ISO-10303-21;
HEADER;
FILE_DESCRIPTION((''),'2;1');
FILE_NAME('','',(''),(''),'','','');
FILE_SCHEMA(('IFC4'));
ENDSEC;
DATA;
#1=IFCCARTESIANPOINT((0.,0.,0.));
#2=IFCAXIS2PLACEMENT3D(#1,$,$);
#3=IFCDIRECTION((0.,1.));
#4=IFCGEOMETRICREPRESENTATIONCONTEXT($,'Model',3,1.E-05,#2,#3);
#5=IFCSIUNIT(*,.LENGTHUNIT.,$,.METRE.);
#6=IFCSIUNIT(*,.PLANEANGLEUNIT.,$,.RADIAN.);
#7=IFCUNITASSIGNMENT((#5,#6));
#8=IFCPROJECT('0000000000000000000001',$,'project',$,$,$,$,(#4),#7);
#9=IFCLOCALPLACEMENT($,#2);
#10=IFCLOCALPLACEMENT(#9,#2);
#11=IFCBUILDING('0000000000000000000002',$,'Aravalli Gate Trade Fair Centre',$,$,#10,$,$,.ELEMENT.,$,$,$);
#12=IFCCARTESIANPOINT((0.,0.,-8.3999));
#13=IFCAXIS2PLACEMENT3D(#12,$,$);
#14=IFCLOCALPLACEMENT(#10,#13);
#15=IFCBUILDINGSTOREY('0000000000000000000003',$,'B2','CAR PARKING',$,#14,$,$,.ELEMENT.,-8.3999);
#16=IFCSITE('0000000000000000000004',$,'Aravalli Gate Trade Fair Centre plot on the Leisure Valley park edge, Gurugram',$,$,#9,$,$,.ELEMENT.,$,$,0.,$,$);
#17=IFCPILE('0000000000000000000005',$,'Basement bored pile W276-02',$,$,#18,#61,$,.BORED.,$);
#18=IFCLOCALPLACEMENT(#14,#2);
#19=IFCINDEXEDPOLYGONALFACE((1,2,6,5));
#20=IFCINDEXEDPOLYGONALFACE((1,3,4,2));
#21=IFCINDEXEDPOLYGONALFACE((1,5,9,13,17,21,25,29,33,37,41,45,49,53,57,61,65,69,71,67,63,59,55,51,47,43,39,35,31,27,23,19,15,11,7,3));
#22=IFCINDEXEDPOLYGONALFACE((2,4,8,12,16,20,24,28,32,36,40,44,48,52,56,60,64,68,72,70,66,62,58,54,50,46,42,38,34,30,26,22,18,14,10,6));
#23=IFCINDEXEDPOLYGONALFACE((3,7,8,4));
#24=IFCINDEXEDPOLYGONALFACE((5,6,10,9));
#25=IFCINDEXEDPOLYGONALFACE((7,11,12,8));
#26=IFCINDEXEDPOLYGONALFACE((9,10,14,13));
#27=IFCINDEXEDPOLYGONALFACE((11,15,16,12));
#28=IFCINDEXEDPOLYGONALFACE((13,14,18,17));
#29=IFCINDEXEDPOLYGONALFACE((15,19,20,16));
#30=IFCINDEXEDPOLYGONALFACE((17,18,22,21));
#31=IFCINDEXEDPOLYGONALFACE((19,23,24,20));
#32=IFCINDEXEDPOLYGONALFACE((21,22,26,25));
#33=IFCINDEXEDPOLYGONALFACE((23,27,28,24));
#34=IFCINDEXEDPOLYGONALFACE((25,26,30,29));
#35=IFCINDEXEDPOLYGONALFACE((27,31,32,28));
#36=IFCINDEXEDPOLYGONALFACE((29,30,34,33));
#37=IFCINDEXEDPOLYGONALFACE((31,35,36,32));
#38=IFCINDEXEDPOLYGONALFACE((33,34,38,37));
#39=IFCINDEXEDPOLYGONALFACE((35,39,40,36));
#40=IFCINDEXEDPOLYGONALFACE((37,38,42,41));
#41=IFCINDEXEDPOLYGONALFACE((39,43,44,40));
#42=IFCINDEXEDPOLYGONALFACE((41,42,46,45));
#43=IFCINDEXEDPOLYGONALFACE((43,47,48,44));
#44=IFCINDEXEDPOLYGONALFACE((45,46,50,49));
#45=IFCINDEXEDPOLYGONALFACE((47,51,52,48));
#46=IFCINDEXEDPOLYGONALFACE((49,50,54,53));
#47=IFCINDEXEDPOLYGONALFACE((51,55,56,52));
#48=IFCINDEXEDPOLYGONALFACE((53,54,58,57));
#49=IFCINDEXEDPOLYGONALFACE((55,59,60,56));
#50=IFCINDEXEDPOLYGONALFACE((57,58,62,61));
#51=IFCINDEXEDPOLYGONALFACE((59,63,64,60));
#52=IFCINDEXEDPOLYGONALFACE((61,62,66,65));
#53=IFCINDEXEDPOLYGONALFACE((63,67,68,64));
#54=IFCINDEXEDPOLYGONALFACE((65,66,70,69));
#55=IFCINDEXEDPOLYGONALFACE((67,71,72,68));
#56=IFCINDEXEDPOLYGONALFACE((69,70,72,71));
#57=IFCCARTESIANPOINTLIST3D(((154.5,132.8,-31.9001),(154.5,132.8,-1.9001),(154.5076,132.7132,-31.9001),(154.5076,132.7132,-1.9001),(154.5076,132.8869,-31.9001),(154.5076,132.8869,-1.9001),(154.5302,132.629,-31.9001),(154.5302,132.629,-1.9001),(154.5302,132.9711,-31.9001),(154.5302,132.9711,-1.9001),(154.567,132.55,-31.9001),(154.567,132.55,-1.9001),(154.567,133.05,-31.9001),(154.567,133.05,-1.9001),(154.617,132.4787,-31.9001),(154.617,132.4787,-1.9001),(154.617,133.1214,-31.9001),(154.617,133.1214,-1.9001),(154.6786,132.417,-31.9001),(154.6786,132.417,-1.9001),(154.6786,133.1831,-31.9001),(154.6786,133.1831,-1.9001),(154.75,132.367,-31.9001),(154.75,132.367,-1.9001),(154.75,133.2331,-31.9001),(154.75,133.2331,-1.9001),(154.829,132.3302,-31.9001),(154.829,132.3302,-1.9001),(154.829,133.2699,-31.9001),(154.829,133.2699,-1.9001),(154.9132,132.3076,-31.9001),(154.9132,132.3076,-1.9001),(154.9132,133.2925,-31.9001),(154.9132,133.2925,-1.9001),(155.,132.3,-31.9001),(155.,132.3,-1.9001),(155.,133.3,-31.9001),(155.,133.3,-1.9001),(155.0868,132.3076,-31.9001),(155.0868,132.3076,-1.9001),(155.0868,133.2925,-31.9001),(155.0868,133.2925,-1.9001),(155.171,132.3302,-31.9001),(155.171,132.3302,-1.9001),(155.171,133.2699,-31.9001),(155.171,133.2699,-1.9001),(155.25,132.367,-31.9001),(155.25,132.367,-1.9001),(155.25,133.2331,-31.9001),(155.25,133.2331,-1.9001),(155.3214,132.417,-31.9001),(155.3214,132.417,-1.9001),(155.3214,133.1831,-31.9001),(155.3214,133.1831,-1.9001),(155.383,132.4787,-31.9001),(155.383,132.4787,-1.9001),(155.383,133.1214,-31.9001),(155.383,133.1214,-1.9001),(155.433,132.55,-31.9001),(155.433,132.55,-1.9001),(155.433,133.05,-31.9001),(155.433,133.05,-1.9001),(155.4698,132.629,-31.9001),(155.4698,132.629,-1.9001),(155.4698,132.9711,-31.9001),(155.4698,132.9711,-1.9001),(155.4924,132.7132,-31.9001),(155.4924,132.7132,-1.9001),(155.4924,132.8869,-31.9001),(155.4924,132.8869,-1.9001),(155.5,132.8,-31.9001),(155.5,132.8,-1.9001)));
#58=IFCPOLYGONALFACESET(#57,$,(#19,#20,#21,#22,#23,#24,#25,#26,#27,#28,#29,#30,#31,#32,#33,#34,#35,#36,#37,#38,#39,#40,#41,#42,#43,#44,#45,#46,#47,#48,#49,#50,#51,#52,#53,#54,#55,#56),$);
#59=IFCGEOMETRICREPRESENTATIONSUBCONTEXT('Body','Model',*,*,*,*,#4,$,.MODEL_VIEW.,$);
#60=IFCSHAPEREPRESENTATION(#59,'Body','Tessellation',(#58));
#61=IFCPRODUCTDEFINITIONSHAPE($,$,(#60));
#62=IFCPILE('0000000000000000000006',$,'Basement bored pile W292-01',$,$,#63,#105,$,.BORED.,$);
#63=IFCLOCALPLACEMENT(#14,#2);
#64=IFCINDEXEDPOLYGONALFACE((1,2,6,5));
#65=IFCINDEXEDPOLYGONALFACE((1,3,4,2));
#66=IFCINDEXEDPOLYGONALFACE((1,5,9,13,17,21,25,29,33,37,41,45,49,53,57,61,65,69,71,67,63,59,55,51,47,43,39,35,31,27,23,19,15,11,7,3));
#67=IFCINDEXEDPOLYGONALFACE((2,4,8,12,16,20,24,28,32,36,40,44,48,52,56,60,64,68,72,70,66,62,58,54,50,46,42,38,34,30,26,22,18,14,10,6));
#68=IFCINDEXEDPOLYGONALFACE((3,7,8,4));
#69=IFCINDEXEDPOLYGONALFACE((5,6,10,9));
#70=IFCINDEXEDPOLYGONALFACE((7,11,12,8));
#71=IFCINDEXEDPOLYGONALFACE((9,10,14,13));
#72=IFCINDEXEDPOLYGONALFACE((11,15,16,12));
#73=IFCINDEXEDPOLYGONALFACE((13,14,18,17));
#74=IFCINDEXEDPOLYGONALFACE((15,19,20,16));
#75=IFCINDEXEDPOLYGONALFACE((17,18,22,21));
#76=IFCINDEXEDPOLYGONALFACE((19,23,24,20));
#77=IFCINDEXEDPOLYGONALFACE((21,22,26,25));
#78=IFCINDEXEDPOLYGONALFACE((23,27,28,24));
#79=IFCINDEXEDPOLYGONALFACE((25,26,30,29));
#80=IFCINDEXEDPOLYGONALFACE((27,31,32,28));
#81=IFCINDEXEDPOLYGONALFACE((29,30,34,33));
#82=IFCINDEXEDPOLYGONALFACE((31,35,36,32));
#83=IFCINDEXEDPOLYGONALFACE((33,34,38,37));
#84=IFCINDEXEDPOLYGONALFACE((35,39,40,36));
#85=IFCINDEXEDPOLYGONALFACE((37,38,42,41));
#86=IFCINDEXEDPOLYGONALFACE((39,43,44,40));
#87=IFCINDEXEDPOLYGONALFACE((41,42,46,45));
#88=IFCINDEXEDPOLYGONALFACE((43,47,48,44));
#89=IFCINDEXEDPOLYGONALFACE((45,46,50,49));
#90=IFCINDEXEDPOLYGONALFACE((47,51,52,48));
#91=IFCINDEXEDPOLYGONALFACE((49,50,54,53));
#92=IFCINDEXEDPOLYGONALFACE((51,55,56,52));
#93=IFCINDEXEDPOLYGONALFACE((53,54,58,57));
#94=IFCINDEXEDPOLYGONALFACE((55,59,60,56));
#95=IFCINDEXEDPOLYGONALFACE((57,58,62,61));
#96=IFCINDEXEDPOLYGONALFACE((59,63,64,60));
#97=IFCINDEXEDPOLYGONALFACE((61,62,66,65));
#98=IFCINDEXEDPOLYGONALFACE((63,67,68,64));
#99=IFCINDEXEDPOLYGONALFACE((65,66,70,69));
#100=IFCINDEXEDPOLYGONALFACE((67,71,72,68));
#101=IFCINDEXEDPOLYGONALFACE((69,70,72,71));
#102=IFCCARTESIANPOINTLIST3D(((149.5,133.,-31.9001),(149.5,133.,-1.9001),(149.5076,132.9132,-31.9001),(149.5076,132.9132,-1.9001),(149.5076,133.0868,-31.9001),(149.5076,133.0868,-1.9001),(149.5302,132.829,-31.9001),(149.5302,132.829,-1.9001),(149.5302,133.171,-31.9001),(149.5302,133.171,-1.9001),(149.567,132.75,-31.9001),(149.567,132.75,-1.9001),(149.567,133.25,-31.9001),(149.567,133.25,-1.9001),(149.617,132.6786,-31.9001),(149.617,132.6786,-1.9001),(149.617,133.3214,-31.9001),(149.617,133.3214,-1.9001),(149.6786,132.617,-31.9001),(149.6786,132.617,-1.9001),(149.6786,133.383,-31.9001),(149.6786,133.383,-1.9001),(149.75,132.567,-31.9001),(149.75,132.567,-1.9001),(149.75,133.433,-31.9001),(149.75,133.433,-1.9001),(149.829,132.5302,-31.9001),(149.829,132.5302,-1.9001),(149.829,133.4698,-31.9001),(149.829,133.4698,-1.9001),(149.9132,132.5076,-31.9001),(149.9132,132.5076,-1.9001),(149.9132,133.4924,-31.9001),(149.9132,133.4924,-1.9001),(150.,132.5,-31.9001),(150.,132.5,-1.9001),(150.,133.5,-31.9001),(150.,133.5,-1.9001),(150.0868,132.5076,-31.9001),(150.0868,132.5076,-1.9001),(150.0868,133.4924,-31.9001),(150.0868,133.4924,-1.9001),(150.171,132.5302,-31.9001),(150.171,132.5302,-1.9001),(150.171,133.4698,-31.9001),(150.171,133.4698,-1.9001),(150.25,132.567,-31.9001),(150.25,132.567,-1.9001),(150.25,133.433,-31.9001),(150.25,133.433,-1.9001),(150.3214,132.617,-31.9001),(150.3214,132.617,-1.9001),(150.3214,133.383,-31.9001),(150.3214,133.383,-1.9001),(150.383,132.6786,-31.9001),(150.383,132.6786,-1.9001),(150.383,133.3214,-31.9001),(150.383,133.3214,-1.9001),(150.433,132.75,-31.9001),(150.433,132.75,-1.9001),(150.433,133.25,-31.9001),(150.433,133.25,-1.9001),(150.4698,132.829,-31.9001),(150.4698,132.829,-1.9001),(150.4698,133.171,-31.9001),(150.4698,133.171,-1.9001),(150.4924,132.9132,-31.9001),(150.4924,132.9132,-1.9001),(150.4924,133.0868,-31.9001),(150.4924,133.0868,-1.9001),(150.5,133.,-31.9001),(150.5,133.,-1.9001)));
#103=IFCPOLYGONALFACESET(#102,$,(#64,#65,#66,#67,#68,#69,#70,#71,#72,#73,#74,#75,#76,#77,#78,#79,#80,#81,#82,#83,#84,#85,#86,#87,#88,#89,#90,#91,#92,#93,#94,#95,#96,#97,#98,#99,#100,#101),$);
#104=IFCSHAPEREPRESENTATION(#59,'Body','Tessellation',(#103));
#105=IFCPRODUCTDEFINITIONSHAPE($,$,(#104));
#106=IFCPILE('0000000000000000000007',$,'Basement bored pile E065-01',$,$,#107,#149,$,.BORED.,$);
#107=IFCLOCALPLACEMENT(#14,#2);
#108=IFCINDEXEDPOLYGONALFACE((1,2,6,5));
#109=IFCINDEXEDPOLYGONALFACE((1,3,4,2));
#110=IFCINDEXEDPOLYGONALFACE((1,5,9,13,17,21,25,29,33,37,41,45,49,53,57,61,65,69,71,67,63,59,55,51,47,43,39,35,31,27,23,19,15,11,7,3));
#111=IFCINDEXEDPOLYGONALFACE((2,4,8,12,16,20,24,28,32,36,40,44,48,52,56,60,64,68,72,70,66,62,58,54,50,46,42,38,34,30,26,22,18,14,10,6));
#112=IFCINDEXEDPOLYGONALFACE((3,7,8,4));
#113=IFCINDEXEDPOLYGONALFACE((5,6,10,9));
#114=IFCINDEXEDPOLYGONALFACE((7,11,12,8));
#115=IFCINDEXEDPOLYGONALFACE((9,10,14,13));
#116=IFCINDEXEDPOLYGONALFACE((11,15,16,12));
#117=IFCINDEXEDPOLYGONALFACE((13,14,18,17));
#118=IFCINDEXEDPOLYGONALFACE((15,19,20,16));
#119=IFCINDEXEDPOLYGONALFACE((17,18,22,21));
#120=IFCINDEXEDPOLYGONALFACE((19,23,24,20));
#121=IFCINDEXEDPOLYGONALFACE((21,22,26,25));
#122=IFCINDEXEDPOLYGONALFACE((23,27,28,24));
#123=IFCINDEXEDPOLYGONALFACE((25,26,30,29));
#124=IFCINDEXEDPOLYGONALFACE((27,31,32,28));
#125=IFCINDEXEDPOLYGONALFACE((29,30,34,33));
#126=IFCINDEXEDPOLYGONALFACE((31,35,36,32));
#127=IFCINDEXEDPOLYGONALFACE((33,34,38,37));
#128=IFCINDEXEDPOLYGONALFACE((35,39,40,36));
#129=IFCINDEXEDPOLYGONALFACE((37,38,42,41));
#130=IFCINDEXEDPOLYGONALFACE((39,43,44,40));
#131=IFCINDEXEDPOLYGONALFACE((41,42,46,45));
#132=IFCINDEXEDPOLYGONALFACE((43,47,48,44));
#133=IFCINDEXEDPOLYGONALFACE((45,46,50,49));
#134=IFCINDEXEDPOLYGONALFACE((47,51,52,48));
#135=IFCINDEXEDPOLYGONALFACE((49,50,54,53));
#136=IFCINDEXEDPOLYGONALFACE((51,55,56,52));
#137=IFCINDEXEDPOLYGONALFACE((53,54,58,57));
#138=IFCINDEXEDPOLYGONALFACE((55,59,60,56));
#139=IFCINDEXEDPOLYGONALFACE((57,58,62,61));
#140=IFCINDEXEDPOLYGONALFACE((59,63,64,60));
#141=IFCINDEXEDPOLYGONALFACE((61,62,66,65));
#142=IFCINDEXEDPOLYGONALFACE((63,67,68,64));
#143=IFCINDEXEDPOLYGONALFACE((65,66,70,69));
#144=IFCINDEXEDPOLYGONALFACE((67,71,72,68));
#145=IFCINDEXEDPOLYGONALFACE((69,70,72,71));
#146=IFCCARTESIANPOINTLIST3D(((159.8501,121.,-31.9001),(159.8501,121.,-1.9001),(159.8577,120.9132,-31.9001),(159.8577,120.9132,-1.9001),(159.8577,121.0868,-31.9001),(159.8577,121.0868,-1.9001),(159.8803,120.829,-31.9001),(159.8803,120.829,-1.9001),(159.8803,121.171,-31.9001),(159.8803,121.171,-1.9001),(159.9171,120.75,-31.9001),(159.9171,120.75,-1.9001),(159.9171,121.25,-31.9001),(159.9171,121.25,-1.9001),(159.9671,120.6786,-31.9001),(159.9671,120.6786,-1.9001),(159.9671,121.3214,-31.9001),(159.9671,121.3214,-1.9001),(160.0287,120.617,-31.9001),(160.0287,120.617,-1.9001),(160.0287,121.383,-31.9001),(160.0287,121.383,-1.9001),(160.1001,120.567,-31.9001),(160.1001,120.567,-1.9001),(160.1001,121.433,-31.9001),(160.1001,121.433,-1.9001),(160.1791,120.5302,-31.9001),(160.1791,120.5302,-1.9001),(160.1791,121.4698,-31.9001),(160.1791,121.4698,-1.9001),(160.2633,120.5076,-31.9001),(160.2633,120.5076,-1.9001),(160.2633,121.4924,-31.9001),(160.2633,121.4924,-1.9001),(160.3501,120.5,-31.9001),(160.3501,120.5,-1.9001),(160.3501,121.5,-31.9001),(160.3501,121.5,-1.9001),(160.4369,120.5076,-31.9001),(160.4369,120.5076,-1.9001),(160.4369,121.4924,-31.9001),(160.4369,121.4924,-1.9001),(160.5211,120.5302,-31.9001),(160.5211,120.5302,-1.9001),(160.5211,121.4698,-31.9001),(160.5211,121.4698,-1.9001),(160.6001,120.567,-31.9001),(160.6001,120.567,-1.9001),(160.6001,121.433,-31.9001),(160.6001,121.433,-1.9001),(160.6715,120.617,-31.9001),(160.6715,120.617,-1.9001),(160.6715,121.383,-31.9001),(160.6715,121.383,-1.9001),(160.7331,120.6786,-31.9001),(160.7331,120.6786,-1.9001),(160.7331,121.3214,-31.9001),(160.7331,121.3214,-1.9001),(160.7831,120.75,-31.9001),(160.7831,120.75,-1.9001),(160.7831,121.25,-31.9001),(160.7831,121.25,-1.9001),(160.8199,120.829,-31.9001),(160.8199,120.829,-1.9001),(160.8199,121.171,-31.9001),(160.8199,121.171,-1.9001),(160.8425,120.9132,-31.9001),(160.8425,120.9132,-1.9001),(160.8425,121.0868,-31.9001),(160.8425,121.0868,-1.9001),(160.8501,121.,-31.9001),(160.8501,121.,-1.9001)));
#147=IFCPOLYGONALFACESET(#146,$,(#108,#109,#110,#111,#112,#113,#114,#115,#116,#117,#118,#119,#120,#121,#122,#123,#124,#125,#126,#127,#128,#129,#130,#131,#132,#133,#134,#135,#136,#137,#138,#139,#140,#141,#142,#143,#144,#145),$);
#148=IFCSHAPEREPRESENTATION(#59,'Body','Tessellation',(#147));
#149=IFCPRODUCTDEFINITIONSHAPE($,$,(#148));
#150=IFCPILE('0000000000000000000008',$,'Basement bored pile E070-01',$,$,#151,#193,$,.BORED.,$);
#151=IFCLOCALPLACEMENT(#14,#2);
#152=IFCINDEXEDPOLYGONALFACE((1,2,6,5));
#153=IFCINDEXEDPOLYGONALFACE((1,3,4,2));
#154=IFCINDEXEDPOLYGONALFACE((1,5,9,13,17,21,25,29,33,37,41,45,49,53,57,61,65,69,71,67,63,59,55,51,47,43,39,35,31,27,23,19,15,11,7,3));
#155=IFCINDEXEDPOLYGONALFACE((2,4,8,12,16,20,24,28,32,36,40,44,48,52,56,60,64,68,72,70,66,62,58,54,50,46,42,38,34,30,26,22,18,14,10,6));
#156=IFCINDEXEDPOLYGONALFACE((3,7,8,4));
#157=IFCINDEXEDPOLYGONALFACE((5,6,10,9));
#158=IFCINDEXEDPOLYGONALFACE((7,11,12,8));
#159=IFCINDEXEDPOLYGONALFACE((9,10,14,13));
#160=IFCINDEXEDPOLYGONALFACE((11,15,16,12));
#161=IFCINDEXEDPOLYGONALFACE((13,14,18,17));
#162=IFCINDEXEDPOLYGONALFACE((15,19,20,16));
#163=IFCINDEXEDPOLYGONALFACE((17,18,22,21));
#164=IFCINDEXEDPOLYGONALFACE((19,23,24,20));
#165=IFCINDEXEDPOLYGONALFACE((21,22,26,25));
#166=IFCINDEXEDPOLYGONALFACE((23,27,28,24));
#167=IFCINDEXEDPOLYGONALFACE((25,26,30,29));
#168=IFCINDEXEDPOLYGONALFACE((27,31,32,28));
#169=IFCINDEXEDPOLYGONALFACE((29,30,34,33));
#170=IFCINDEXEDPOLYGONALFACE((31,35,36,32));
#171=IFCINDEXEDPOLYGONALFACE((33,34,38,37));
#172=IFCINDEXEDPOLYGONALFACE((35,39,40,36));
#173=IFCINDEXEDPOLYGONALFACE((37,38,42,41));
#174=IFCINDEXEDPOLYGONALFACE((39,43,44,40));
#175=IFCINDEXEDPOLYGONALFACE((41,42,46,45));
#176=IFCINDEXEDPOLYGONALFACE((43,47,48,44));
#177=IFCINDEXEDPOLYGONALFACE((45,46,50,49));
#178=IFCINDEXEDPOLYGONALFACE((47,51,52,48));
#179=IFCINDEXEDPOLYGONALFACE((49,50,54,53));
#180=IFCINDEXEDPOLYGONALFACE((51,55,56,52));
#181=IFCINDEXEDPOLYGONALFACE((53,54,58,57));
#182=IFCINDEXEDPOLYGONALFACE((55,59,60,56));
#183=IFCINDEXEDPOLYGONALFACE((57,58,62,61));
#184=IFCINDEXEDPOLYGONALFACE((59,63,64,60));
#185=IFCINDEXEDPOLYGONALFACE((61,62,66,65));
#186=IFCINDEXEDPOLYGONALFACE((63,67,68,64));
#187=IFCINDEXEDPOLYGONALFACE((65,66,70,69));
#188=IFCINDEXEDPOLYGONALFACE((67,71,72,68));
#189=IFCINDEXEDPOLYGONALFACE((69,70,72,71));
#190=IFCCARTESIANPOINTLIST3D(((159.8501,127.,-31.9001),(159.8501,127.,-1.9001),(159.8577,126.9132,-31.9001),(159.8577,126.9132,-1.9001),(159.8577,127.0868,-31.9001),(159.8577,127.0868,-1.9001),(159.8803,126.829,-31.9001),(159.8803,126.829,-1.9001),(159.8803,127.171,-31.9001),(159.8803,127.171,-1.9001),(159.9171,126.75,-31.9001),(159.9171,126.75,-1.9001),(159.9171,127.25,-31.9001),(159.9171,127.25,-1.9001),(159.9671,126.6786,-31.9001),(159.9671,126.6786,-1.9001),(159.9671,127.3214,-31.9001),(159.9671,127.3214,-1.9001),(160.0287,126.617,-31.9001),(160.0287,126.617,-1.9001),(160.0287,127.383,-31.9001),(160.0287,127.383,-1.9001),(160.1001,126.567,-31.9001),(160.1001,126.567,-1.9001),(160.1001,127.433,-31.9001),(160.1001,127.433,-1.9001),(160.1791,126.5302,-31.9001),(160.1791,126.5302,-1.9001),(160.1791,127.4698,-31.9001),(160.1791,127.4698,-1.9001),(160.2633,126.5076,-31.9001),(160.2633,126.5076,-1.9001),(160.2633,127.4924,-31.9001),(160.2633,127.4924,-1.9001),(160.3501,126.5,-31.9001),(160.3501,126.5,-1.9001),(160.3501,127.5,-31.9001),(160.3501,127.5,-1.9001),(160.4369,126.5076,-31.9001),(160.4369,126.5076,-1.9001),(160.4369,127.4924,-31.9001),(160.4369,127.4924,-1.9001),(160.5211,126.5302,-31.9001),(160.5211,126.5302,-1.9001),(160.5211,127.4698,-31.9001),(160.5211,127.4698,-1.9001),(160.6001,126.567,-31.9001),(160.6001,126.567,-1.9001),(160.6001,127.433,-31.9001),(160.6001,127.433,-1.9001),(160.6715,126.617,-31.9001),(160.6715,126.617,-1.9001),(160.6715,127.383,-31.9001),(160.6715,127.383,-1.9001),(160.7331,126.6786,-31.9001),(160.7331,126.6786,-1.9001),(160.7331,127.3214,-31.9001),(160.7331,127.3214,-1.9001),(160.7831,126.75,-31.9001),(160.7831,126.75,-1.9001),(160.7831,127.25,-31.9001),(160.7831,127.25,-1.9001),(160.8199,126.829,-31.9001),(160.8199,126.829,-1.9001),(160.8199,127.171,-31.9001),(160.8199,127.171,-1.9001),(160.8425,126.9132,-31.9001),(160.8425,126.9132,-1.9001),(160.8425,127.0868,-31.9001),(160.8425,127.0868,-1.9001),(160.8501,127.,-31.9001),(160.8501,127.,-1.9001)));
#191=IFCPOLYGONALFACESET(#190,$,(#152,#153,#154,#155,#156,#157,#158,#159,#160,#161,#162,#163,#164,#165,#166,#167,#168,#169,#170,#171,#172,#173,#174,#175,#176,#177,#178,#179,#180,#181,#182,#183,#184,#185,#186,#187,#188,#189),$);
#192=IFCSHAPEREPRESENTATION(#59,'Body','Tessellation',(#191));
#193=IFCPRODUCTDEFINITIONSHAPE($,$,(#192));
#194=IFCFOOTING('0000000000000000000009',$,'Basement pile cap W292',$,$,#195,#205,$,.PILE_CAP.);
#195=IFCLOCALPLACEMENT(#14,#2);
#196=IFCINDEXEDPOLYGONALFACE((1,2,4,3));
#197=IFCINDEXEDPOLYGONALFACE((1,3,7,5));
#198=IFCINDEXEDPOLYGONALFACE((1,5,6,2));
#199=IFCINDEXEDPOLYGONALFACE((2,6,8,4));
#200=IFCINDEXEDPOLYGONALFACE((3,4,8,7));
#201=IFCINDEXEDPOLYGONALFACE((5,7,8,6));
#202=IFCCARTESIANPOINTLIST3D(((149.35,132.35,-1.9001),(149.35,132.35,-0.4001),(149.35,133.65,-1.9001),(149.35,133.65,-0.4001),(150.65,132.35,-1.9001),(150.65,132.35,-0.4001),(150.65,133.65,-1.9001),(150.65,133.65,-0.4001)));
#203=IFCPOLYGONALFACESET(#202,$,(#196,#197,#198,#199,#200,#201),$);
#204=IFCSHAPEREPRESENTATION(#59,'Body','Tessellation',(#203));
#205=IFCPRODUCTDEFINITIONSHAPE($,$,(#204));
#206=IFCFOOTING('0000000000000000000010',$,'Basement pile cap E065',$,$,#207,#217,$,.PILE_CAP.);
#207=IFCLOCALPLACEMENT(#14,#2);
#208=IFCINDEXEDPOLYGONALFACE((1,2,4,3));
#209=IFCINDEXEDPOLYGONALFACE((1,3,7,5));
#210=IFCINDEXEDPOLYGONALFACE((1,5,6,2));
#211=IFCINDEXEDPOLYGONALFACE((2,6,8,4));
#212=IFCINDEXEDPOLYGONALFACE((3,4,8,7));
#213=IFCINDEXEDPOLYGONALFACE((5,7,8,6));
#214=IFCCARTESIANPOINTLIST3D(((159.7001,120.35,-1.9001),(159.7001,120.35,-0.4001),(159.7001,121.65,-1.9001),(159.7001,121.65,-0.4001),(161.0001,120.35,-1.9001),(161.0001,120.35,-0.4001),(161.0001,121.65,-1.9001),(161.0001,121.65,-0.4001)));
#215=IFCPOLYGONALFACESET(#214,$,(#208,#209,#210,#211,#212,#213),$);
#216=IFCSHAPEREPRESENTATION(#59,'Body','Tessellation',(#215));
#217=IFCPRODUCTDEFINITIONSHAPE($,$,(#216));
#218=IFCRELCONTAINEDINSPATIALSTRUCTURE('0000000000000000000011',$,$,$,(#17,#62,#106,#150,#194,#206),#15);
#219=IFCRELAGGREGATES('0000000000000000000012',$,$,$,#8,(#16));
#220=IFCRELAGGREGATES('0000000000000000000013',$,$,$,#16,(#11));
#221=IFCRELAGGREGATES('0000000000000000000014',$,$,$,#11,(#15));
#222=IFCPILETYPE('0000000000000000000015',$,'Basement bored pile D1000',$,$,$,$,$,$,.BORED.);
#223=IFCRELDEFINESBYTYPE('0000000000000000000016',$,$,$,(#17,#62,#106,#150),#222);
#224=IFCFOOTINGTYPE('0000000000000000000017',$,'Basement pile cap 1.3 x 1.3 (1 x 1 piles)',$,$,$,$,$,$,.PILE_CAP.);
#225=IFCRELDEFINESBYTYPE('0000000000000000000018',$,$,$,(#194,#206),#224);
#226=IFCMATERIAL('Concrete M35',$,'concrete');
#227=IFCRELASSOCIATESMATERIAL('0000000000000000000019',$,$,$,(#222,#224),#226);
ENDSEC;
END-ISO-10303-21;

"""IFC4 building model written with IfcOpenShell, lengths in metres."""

from ifc_helpers import new_model, si_unit, direction, frame, origin, origin_2d, place, context, subcontext, project, spatial, rectangle, circle, extrude, material, material_profile, profile_set, type_object, element, save


model = new_model("IFC4")

# Units and contexts
model_context = context("Model", 3, precision=1e-05, world=origin(), true_north=direction((0.0, 1.0)))
body_context = subcontext(model_context, "Body", "Model", "MODEL_VIEW")
ifc_project = project(units=[si_unit("LENGTHUNIT", "METRE"), si_unit("PLANEANGLEUNIT", "RADIAN")], contexts=[model_context])

# Site, building, storey
site_placement = place(None, origin())
site = spatial("IfcSite", under=ifc_project, at=site_placement, Name="Aravalli Gate Trade Fair Centre plot on the Leisure Valley park edge, Gurugram", CompositionType="ELEMENT", RefElevation=0.0)
building_placement = place(site_placement, origin())
building = spatial("IfcBuilding", under=site, at=building_placement, Name="Aravalli Gate Trade Fair Centre", CompositionType="ELEMENT")
storey_placement = place(building_placement, frame((0.0, 0.0, -8.3999)))
storey = spatial("IfcBuildingStorey", under=building, at=storey_placement, Name="B2", Description="CAR PARKING", CompositionType="ELEMENT", Elevation=-8.3999)

# Piles
ifc_material_1 = material(Name="Concrete M35", Category="concrete")
ifc_material_profile_1 = material_profile(ifc_material_1, circle(Radius=0.5, at=origin_2d()), Name="D1000")
ifc_profile_set_1 = profile_set([ifc_material_profile_1], Name="Concrete M35")
pile_type = type_object("IfcPileType", Name="Basement bored pile D1000", PredefinedType="BORED", material=ifc_profile_set_1)
for number, where, z_axis, x_axis, name in (
    (1, (155.0, 132.8, -1.9001), (0.0, 0.0, -1.0), (1.0, 0.0, 0.0), "Basement bored pile W276-02"),
    (2, (150.0, 133.0, -1.9001), (0.0, 0.0, -1.0), (1.0, 0.0, 0.0), "Basement bored pile W292-01"),
    (3, (160.3501, 121.0, -1.9001), (0.0, 0.0, -1.0), (1.0, 0.0, 0.0), "Basement bored pile E065-01"),
    (4, (160.3501, 127.0, -1.9001), (0.0, 0.0, -1.0), (1.0, 0.0, 0.0), "Basement bored pile E070-01"),
):
    element("IfcPile", number, at=place(storey_placement, frame(where, z_axis=z_axis, x_axis=x_axis)), inside=storey, type_object=pile_type, Name=name, PredefinedType="BORED", context=body_context, shape_type="SweptSolid", body=[
        extrude(circle(Radius=0.5, at=origin_2d()), origin(), (0.0, 0.0, 1.0), 30.0),
    ])

# Footings
footing_type_1 = type_object("IfcFootingType", Name="Basement pile cap 1.3 x 1.3 (1 x 1 piles)", PredefinedType="PILE_CAP", material=ifc_material_1)
for number, where, z_axis, x_axis, name in (
    (5, (150.0, 133.0, -1.9001), (0.0, 0.0, 1.0), (1.0, 0.0, 0.0), "Basement pile cap W292"),
    (6, (160.3501, 121.0, -1.9001), (0.0, 0.0, 1.0), (1.0, 0.0, 0.0), "Basement pile cap E065"),
):
    element("IfcFooting", number, at=place(storey_placement, frame(where, z_axis=z_axis, x_axis=x_axis)), inside=storey, type_object=footing_type_1, Name=name, PredefinedType="PILE_CAP", context=body_context, shape_type="SweptSolid", body=[
        extrude(rectangle(XDim=1.3, YDim=1.3, at=origin_2d()), origin(), (0.0, 0.0, 1.0), 1.5),
    ])

save(model, "model.ifc")
